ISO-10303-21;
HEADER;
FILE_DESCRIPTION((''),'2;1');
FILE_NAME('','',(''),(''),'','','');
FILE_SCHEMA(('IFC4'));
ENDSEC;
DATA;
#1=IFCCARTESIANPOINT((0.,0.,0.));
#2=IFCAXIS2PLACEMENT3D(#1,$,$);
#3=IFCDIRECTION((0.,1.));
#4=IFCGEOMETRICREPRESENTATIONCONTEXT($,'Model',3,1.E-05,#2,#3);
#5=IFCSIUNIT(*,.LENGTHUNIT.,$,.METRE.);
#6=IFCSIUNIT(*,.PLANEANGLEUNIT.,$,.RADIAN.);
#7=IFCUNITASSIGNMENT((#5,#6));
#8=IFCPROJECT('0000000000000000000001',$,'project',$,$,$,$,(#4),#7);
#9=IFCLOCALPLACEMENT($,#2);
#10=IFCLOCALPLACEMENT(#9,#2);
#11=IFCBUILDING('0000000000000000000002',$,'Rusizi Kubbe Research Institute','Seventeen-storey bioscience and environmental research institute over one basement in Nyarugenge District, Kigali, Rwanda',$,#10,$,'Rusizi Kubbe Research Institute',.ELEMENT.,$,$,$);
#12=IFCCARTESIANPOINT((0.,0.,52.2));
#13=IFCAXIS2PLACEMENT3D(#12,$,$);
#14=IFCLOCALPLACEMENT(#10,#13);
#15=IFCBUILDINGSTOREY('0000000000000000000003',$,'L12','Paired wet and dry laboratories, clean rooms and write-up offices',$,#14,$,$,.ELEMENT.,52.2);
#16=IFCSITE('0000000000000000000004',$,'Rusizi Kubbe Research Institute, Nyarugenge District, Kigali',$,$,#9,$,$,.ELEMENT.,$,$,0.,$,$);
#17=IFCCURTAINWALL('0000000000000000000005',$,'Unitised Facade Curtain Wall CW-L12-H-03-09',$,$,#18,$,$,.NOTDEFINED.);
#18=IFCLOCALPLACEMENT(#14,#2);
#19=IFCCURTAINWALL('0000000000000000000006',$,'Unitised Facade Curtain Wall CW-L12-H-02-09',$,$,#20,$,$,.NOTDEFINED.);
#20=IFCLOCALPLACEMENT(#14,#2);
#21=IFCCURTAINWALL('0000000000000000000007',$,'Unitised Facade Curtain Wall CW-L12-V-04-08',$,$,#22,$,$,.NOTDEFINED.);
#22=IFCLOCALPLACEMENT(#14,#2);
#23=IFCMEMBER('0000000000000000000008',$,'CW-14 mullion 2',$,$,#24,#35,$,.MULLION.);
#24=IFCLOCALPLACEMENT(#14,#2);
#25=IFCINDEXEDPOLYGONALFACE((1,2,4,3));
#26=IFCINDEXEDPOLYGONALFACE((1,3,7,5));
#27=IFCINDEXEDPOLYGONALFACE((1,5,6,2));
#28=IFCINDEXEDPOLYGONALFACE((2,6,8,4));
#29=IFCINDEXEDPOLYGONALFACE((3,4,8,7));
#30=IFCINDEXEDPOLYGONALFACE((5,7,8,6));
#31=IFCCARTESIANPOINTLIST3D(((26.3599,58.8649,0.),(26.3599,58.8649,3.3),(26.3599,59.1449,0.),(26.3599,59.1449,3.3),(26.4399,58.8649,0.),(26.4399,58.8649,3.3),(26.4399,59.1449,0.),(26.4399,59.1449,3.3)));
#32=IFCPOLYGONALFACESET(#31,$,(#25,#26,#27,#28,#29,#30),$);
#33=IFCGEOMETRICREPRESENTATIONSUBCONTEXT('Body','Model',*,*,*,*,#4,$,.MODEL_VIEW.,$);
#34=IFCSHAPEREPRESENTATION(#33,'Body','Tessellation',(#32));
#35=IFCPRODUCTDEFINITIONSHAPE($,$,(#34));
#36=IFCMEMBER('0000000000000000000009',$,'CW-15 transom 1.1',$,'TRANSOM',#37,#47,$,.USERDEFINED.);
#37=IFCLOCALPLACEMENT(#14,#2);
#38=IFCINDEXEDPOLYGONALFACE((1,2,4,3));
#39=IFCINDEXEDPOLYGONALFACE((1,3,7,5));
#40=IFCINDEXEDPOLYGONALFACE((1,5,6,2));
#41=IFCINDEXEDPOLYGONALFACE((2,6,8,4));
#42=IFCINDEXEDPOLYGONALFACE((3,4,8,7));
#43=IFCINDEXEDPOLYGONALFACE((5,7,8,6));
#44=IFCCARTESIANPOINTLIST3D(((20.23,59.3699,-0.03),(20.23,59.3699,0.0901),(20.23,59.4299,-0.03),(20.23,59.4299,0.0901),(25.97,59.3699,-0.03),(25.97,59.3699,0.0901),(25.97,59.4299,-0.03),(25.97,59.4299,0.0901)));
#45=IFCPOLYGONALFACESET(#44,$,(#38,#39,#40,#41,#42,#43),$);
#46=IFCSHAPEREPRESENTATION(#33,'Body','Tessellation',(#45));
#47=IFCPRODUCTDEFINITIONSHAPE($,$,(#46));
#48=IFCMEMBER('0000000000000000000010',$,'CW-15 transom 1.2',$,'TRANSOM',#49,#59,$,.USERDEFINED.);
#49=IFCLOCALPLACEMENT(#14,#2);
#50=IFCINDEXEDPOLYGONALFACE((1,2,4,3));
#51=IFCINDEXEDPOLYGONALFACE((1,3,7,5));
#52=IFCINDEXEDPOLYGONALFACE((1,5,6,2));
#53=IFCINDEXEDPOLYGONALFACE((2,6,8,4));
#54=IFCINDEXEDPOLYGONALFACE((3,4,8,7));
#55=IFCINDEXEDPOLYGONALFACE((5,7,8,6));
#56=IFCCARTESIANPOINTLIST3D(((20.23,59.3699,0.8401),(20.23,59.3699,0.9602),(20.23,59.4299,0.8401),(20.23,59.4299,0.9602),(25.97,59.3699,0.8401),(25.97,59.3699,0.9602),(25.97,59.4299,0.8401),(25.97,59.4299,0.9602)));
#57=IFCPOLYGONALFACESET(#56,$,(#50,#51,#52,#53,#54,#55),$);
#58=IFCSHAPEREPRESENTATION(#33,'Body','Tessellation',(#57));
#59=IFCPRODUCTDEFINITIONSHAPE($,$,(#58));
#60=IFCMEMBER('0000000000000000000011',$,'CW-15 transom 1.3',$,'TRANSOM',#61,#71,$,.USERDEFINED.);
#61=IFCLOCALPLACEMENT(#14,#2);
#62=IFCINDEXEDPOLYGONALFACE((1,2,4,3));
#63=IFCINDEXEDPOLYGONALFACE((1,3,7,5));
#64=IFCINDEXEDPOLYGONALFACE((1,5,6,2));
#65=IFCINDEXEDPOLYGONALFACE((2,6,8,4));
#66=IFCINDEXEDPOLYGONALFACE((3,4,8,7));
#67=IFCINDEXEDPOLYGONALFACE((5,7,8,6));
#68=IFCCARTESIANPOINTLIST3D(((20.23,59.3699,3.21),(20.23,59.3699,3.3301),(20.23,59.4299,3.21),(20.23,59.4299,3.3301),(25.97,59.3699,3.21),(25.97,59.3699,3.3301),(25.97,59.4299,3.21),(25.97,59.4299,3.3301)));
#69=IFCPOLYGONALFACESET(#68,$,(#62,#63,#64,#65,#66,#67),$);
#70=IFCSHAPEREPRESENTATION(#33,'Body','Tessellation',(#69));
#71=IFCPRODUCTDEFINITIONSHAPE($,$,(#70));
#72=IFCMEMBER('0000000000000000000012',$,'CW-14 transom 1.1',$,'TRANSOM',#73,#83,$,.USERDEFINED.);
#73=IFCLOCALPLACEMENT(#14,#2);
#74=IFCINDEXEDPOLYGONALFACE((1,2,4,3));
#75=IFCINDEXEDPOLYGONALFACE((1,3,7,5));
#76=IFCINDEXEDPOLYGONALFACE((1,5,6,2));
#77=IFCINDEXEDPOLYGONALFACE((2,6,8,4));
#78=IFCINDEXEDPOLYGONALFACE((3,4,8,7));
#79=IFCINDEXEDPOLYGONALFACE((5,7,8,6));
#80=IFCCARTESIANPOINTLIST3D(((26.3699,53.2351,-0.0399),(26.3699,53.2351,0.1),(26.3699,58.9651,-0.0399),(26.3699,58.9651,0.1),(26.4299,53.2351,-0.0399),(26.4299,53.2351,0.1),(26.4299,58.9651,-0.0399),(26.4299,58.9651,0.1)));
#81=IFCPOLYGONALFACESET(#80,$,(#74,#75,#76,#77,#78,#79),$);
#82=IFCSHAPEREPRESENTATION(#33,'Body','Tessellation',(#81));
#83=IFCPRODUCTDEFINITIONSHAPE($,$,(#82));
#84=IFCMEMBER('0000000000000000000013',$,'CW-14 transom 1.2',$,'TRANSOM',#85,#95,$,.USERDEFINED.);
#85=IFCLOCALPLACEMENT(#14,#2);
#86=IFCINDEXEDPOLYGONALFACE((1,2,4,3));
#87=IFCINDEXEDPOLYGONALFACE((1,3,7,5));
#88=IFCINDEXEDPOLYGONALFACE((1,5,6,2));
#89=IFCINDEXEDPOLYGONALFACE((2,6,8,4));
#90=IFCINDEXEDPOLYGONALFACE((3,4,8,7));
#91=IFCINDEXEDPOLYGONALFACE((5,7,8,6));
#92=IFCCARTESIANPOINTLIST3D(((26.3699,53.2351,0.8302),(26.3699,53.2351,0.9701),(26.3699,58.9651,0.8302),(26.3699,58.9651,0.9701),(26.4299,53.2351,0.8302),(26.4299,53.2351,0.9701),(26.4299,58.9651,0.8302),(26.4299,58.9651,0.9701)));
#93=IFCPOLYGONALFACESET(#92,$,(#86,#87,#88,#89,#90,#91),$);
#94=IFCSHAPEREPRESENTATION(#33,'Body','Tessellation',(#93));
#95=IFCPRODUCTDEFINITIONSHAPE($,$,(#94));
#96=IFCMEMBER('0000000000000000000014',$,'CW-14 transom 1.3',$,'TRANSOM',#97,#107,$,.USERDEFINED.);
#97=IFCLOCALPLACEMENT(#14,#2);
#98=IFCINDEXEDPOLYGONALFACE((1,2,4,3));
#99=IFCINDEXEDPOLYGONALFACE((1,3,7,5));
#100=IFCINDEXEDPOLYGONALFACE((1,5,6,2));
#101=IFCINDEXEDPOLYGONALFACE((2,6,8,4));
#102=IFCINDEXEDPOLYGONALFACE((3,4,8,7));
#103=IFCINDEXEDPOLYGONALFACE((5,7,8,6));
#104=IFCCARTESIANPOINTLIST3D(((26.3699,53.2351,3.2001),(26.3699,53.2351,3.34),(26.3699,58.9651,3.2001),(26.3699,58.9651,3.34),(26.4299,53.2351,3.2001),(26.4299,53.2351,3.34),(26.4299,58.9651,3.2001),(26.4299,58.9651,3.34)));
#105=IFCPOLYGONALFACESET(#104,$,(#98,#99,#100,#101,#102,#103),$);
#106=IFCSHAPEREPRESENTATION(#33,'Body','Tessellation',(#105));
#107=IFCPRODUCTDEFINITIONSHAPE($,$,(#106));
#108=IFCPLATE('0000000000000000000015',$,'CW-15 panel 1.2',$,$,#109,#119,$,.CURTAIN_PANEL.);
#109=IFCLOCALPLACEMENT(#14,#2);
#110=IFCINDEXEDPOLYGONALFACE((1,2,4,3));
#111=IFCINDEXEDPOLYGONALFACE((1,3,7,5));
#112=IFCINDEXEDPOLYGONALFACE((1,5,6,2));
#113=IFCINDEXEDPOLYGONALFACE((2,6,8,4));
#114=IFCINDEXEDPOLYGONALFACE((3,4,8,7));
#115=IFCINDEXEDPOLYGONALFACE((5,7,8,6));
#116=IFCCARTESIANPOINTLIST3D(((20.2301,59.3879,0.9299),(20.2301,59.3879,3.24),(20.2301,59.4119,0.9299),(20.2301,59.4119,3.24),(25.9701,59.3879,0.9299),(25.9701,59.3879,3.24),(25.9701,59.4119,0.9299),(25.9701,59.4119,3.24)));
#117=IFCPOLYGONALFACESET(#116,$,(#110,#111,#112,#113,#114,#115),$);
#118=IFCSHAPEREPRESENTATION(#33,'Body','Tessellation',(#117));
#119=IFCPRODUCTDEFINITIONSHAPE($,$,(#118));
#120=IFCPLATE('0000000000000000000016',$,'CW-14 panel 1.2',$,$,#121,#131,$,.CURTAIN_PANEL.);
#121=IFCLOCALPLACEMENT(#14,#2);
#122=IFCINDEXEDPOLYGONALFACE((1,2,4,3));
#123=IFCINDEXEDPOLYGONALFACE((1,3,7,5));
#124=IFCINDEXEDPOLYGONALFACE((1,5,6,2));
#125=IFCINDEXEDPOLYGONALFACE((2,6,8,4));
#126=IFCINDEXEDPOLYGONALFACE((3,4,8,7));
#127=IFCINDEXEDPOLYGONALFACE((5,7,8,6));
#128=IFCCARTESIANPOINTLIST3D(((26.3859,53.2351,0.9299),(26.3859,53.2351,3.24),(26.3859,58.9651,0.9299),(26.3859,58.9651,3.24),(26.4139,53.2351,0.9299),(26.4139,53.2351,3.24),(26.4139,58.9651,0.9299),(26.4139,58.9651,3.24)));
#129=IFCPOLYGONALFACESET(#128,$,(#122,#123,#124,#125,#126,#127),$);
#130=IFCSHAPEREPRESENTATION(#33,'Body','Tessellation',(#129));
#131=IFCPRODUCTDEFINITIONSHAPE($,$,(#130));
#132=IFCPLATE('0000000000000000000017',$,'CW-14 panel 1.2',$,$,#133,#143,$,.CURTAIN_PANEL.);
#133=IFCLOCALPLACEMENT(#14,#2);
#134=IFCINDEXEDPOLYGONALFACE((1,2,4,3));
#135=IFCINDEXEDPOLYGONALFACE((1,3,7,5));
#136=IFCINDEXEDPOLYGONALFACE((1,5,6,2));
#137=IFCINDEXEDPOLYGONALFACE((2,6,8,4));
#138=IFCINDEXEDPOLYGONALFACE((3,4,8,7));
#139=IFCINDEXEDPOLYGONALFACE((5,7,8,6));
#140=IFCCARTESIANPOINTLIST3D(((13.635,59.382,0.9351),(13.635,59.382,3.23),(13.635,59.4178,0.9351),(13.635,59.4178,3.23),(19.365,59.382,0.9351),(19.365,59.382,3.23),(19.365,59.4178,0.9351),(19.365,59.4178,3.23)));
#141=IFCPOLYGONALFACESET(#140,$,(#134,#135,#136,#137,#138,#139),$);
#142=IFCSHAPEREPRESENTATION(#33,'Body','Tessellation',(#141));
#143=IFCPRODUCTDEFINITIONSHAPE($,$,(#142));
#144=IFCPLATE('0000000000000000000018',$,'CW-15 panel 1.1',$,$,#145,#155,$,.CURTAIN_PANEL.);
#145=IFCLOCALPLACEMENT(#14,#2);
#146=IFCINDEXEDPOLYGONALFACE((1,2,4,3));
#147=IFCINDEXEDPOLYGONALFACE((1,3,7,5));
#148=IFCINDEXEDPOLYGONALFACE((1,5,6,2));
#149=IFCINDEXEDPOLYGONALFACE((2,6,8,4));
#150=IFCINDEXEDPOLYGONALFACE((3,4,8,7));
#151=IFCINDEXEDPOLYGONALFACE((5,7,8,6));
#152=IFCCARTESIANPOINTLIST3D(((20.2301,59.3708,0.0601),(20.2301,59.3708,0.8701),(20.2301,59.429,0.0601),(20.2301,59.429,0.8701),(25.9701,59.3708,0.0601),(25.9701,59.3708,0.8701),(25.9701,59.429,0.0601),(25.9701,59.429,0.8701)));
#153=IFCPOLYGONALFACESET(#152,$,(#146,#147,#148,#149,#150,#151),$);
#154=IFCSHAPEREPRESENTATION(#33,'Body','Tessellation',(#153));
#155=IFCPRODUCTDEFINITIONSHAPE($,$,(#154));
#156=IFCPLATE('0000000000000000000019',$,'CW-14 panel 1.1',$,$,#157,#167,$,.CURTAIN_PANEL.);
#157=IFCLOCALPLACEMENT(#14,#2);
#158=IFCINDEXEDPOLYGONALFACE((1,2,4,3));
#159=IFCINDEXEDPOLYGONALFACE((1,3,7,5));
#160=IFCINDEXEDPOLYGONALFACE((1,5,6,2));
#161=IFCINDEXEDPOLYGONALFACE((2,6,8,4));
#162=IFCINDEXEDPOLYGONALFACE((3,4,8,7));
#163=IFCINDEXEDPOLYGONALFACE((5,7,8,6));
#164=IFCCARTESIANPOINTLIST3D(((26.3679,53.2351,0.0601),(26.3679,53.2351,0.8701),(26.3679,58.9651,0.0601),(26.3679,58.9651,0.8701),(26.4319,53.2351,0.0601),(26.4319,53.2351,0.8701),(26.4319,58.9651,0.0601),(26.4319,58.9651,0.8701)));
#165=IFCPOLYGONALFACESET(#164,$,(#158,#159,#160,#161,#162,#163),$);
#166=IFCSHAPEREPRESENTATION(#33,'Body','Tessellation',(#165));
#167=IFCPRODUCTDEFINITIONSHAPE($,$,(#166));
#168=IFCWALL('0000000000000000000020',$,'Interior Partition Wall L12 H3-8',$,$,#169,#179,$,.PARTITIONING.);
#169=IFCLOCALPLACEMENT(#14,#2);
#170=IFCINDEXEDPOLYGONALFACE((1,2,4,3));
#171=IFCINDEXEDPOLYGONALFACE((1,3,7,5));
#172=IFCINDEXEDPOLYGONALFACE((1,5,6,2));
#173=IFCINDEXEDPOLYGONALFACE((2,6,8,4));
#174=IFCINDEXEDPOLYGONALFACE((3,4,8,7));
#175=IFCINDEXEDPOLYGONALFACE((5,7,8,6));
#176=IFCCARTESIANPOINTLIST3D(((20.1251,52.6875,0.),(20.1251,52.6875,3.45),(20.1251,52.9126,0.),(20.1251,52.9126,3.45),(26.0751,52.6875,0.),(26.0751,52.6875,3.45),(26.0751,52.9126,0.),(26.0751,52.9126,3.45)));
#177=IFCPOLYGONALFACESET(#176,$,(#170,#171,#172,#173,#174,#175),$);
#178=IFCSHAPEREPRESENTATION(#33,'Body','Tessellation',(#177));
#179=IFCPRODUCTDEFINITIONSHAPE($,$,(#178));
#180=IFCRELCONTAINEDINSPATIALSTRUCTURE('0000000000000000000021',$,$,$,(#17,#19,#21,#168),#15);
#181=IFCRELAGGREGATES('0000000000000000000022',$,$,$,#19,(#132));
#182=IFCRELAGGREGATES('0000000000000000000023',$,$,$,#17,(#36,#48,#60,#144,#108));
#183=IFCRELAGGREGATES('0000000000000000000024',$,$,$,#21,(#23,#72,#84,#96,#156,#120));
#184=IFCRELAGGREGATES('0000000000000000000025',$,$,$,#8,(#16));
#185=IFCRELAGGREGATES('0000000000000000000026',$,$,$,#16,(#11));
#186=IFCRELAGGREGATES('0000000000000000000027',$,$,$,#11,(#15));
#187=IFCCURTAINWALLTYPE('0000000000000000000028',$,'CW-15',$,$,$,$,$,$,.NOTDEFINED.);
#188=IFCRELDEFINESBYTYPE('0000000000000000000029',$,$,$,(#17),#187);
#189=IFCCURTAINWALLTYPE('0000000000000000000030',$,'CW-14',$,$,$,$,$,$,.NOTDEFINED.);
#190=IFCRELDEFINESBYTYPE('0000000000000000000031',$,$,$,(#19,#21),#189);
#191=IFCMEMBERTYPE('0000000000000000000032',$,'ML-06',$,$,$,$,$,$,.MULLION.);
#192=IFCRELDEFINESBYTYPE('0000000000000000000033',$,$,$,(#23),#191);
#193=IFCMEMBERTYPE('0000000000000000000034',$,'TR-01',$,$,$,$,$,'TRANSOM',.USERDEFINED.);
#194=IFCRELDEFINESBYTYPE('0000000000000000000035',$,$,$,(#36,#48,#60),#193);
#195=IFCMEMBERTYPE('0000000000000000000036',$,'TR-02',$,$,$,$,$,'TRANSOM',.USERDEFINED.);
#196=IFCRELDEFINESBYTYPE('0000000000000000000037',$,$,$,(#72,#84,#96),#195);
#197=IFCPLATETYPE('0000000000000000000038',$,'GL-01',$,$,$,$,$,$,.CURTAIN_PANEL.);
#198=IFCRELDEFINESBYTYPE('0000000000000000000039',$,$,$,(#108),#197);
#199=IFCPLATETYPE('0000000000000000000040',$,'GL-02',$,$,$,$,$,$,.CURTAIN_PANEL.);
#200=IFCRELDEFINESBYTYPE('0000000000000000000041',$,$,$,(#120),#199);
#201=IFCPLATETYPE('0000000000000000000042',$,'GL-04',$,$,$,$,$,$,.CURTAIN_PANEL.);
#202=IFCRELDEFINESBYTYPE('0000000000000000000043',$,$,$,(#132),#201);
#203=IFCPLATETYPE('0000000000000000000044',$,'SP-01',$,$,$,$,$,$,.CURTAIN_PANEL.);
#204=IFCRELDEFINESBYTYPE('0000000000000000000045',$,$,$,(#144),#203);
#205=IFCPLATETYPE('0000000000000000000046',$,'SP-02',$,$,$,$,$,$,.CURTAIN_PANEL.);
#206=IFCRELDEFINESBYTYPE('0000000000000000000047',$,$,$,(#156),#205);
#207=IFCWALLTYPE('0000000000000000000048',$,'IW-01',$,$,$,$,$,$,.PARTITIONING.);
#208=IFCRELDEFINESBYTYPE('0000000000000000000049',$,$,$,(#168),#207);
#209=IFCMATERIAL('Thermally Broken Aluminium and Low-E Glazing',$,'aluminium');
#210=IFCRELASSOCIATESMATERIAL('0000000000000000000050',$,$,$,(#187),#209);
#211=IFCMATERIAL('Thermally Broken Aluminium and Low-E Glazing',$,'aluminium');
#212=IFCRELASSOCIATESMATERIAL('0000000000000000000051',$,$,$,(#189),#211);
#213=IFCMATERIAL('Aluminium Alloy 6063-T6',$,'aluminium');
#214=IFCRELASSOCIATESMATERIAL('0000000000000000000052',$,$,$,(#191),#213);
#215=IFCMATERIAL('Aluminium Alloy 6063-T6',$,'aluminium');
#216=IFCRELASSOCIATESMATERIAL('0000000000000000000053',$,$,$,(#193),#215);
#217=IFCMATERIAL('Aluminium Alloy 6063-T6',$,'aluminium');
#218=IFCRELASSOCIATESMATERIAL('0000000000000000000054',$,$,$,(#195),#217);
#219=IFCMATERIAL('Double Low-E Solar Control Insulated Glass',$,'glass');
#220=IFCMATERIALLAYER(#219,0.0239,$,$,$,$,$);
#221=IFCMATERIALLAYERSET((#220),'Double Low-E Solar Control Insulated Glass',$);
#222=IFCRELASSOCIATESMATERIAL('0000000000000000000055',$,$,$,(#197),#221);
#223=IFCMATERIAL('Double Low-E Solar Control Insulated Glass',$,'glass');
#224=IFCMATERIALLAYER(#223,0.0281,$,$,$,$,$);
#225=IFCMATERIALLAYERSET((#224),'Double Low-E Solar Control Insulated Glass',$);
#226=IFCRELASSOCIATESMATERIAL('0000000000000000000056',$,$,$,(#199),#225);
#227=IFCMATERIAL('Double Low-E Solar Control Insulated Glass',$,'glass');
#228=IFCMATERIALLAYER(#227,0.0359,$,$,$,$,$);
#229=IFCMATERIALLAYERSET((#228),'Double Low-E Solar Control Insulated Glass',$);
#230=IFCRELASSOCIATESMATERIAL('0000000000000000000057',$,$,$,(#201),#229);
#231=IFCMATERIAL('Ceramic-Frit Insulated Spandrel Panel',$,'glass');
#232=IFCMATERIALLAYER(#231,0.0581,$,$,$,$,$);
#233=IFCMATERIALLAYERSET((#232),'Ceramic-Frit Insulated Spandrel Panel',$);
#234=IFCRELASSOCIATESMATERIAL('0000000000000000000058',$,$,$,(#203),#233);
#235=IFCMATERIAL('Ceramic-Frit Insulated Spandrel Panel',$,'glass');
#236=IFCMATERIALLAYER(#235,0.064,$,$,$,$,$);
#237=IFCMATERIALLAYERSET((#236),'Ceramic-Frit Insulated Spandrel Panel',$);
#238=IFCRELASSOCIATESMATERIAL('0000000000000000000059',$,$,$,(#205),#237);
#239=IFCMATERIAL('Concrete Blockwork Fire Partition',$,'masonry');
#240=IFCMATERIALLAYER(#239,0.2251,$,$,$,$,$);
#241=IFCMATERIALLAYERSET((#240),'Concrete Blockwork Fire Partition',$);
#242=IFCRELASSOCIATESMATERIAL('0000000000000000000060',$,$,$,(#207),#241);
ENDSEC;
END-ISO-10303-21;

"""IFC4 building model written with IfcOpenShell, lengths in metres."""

from ifc_helpers import new_model, si_unit, direction, frame, frame_2d, origin, origin_2d, place, context, subcontext, project, spatial, rectangle, extrude, material, layer, layer_set, material_profile, profile_set, type_object, element, aggregate, save


model = new_model("IFC4")

# Units and contexts
model_context = context("Model", 3, precision=1e-05, world=origin(), true_north=direction((0.0, 1.0)))
body_context = subcontext(model_context, "Body", "Model", "MODEL_VIEW")
ifc_project = project(units=[si_unit("LENGTHUNIT", "METRE"), si_unit("PLANEANGLEUNIT", "RADIAN")], contexts=[model_context])

# Site, building, storey
site_placement = place(None, origin())
site = spatial("IfcSite", under=ifc_project, at=site_placement, Name="Rusizi Kubbe Research Institute, Nyarugenge District, Kigali", CompositionType="ELEMENT", RefElevation=0.0)
building_placement = place(site_placement, origin())
building = spatial("IfcBuilding", under=site, at=building_placement, Name="Rusizi Kubbe Research Institute", Description="Seventeen-storey bioscience and environmental research institute over one basement in Nyarugenge District, Kigali, Rwanda", LongName="Rusizi Kubbe Research Institute", CompositionType="ELEMENT")
storey_placement = place(building_placement, frame((0.0, 0.0, 52.2)))
storey = spatial("IfcBuildingStorey", under=building, at=storey_placement, Name="L12", Description="Paired wet and dry laboratories, clean rooms and write-up offices", CompositionType="ELEMENT", Elevation=52.2)

# Curtain wall
ifc_material_1 = material(Name="Thermally Broken Aluminium and Low-E Glazing", Category="aluminium")
curtain_wall_type_1 = type_object("IfcCurtainWallType", Name="CW-15", PredefinedType="NOTDEFINED", material=ifc_material_1)
curtain_wall_1_placement = place(storey_placement, origin())
curtain_wall_1 = element("IfcCurtainWall", 1, at=curtain_wall_1_placement, inside=storey, type_object=curtain_wall_type_1, Name="Unitised Facade Curtain Wall CW-L12-H-03-09", PredefinedType="NOTDEFINED")

# Curtain wall
ifc_material_2 = material(Name="Thermally Broken Aluminium and Low-E Glazing", Category="aluminium")
curtain_wall_type_2 = type_object("IfcCurtainWallType", Name="CW-14", PredefinedType="NOTDEFINED", material=ifc_material_2)
curtain_wall_2_placement = place(storey_placement, origin())
curtain_wall_2 = element("IfcCurtainWall", 2, at=curtain_wall_2_placement, inside=storey, type_object=curtain_wall_type_2, Name="Unitised Facade Curtain Wall CW-L12-H-02-09", PredefinedType="NOTDEFINED")
ifc_material_3 = material(Name="Aluminium Alloy 6063-T6", Category="aluminium")
ifc_material_profile_1 = material_profile(ifc_material_3, rectangle(XDim=0.0801, YDim=0.28, at=origin_2d()), Name="ALU-M 80x280")
ifc_profile_set_1 = profile_set([ifc_material_profile_1], Name="Aluminium Alloy 6063-T6")
member_type_1 = type_object("IfcMemberType", Name="ML-06", PredefinedType="MULLION", material=ifc_profile_set_1)

# Curtain wall, member
curtain_wall_3_placement = place(storey_placement, origin())
curtain_wall_3 = element("IfcCurtainWall", 3, at=curtain_wall_3_placement, inside=storey, type_object=curtain_wall_type_2, Name="Unitised Facade Curtain Wall CW-L12-V-04-08", PredefinedType="NOTDEFINED")
member_1_placement = place(storey_placement, frame((26.3999, 59.0049, 0.0), z_axis=(0.0, 0.0, 1.0), x_axis=(-1.0, 0.0, 0.0)))
member_1 = element("IfcMember", 4, at=member_1_placement, type_object=member_type_1, Name="CW-14 mullion 2", PredefinedType="MULLION", context=body_context, shape_type="SweptSolid", body=[
    extrude(rectangle(XDim=0.0801, YDim=0.28, at=origin_2d()), origin(), (0.0, 0.0, 1.0), 3.3),
])

# Members
ifc_material_4 = material(Name="Aluminium Alloy 6063-T6", Category="aluminium")
ifc_material_profile_2 = material_profile(ifc_material_4, rectangle(XDim=0.0601, YDim=0.1201, at=origin_2d()), Name="ALU-T 60x120")
ifc_profile_set_2 = profile_set([ifc_material_profile_2], Name="Aluminium Alloy 6063-T6")
member_type_2 = type_object("IfcMemberType", Name="TR-01", ElementType="TRANSOM", PredefinedType="USERDEFINED", material=ifc_profile_set_2)
member_2_placement = place(storey_placement, frame((20.23, 59.3999, 0.03), z_axis=(1.0, 0.0, 0.0), x_axis=(0.0, 1.0, 0.0)))
member_2 = element("IfcMember", 5, at=member_2_placement, type_object=member_type_2, Name="CW-15 transom 1.1", ObjectType="TRANSOM", PredefinedType="USERDEFINED", context=body_context, shape_type="SweptSolid", body=[
    extrude(rectangle(XDim=0.0601, YDim=0.1201, at=origin_2d()), origin(), (0.0, 0.0, 1.0), 5.74),
])
member_3_placement = place(storey_placement, frame((20.23, 59.3999, 0.9001), z_axis=(1.0, 0.0, 0.0), x_axis=(0.0, 1.0, 0.0)))
member_3 = element("IfcMember", 6, at=member_3_placement, type_object=member_type_2, Name="CW-15 transom 1.2", ObjectType="TRANSOM", PredefinedType="USERDEFINED", context=body_context, shape_type="SweptSolid", body=[
    extrude(rectangle(XDim=0.0601, YDim=0.1201, at=origin_2d()), origin(), (0.0, 0.0, 1.0), 5.74),
])
member_4_placement = place(storey_placement, frame((20.23, 59.3999, 3.27), z_axis=(1.0, 0.0, 0.0), x_axis=(0.0, 1.0, 0.0)))
member_4 = element("IfcMember", 7, at=member_4_placement, type_object=member_type_2, Name="CW-15 transom 1.3", ObjectType="TRANSOM", PredefinedType="USERDEFINED", context=body_context, shape_type="SweptSolid", body=[
    extrude(rectangle(XDim=0.0601, YDim=0.1201, at=origin_2d()), origin(), (0.0, 0.0, 1.0), 5.74),
])
ifc_material_5 = material(Name="Aluminium Alloy 6063-T6", Category="aluminium")
ifc_material_profile_3 = material_profile(ifc_material_5, rectangle(XDim=0.0601, YDim=0.1399, at=origin_2d()), Name="ALU-T 60x140")
ifc_profile_set_3 = profile_set([ifc_material_profile_3], Name="Aluminium Alloy 6063-T6")
member_type_3 = type_object("IfcMemberType", Name="TR-02", ElementType="TRANSOM", PredefinedType="USERDEFINED", material=ifc_profile_set_3)
member_5_placement = place(storey_placement, frame((26.3999, 53.2351, 0.03), z_axis=(0.0, 1.0, 0.0), x_axis=(-1.0, 0.0, 0.0)))
member_5 = element("IfcMember", 8, at=member_5_placement, type_object=member_type_3, Name="CW-14 transom 1.1", ObjectType="TRANSOM", PredefinedType="USERDEFINED", context=body_context, shape_type="SweptSolid", body=[
    extrude(rectangle(XDim=0.0601, YDim=0.1399, at=origin_2d()), origin(), (0.0, 0.0, 1.0), 5.73),
])
member_6_placement = place(storey_placement, frame((26.3999, 53.2351, 0.9001), z_axis=(0.0, 1.0, 0.0), x_axis=(-1.0, 0.0, 0.0)))
member_6 = element("IfcMember", 9, at=member_6_placement, type_object=member_type_3, Name="CW-14 transom 1.2", ObjectType="TRANSOM", PredefinedType="USERDEFINED", context=body_context, shape_type="SweptSolid", body=[
    extrude(rectangle(XDim=0.0601, YDim=0.1399, at=origin_2d()), origin(), (0.0, 0.0, 1.0), 5.73),
])
member_7_placement = place(storey_placement, frame((26.3999, 53.2351, 3.27), z_axis=(0.0, 1.0, 0.0), x_axis=(-1.0, 0.0, 0.0)))
member_7 = element("IfcMember", 10, at=member_7_placement, type_object=member_type_3, Name="CW-14 transom 1.3", ObjectType="TRANSOM", PredefinedType="USERDEFINED", context=body_context, shape_type="SweptSolid", body=[
    extrude(rectangle(XDim=0.0601, YDim=0.1399, at=origin_2d()), origin(), (0.0, 0.0, 1.0), 5.73),
])

# Plates
ifc_material_6 = material(Name="Double Low-E Solar Control Insulated Glass", Category="glass")
ifc_layer_1 = layer(ifc_material_6, 0.0239)
ifc_layer_set_1 = layer_set([ifc_layer_1], Name="Double Low-E Solar Control Insulated Glass")
plate_type_1 = type_object("IfcPlateType", Name="GL-01", PredefinedType="CURTAIN_PANEL", material=ifc_layer_set_1)
plate_1_placement = place(storey_placement, frame((23.1001, 59.3999, 0.9299), z_axis=(0.0, 0.0, 1.0), x_axis=(1.0, 0.0, 0.0)))
plate_1 = element("IfcPlate", 11, at=plate_1_placement, type_object=plate_type_1, Name="CW-15 panel 1.2", PredefinedType="CURTAIN_PANEL", context=body_context, shape_type="SweptSolid", body=[
    extrude(rectangle(XDim=5.74, YDim=0.0239, at=origin_2d()), origin(), (0.0, 0.0, 1.0), 2.3101),
])
ifc_material_7 = material(Name="Double Low-E Solar Control Insulated Glass", Category="glass")
ifc_layer_2 = layer(ifc_material_7, 0.0281)
ifc_layer_set_2 = layer_set([ifc_layer_2], Name="Double Low-E Solar Control Insulated Glass")
plate_type_2 = type_object("IfcPlateType", Name="GL-02", PredefinedType="CURTAIN_PANEL", material=ifc_layer_set_2)
plate_2_placement = place(storey_placement, frame((26.3999, 56.1001, 0.9299), z_axis=(0.0, 0.0, 1.0), x_axis=(0.0, 1.0, 0.0)))
plate_2 = element("IfcPlate", 12, at=plate_2_placement, type_object=plate_type_2, Name="CW-14 panel 1.2", PredefinedType="CURTAIN_PANEL", context=body_context, shape_type="SweptSolid", body=[
    extrude(rectangle(XDim=5.73, YDim=0.0281, at=origin_2d()), origin(), (0.0, 0.0, 1.0), 2.3101),
])
ifc_material_8 = material(Name="Double Low-E Solar Control Insulated Glass", Category="glass")
ifc_layer_3 = layer(ifc_material_8, 0.0359)
ifc_layer_set_3 = layer_set([ifc_layer_3], Name="Double Low-E Solar Control Insulated Glass")
plate_type_3 = type_object("IfcPlateType", Name="GL-04", PredefinedType="CURTAIN_PANEL", material=ifc_layer_set_3)
plate_3_placement = place(storey_placement, frame((16.5, 59.3999, 0.9351), z_axis=(0.0, 0.0, 1.0), x_axis=(1.0, 0.0, 0.0)))
plate_3 = element("IfcPlate", 13, at=plate_3_placement, type_object=plate_type_3, Name="CW-14 panel 1.2", PredefinedType="CURTAIN_PANEL", context=body_context, shape_type="SweptSolid", body=[
    extrude(rectangle(XDim=5.73, YDim=0.0359, at=origin_2d()), origin(), (0.0, 0.0, 1.0), 2.2949),
])
aggregate(curtain_wall_2, [plate_3])
ifc_material_9 = material(Name="Ceramic-Frit Insulated Spandrel Panel", Category="glass")
ifc_layer_4 = layer(ifc_material_9, 0.0581)
ifc_layer_set_4 = layer_set([ifc_layer_4], Name="Ceramic-Frit Insulated Spandrel Panel")
plate_type_4 = type_object("IfcPlateType", Name="SP-01", PredefinedType="CURTAIN_PANEL", material=ifc_layer_set_4)
plate_4_placement = place(storey_placement, frame((23.1001, 59.3999, 0.0601), z_axis=(0.0, 0.0, 1.0), x_axis=(1.0, 0.0, 0.0)))
plate_4 = element("IfcPlate", 14, at=plate_4_placement, type_object=plate_type_4, Name="CW-15 panel 1.1", PredefinedType="CURTAIN_PANEL", context=body_context, shape_type="SweptSolid", body=[
    extrude(rectangle(XDim=5.74, YDim=0.0581, at=origin_2d()), origin(), (0.0, 0.0, 1.0), 0.8101),
])
aggregate(curtain_wall_1, [member_2, member_3, member_4, plate_4, plate_1])
ifc_material_10 = material(Name="Ceramic-Frit Insulated Spandrel Panel", Category="glass")
ifc_layer_5 = layer(ifc_material_10, 0.064)
ifc_layer_set_5 = layer_set([ifc_layer_5], Name="Ceramic-Frit Insulated Spandrel Panel")
plate_type_5 = type_object("IfcPlateType", Name="SP-02", PredefinedType="CURTAIN_PANEL", material=ifc_layer_set_5)
plate_5_placement = place(storey_placement, frame((26.3999, 56.1001, 0.0601), z_axis=(0.0, 0.0, 1.0), x_axis=(0.0, 1.0, 0.0)))
plate_5 = element("IfcPlate", 15, at=plate_5_placement, type_object=plate_type_5, Name="CW-14 panel 1.1", PredefinedType="CURTAIN_PANEL", context=body_context, shape_type="SweptSolid", body=[
    extrude(rectangle(XDim=5.73, YDim=0.064, at=origin_2d()), origin(), (0.0, 0.0, 1.0), 0.8101),
])
aggregate(curtain_wall_3, [member_1, member_5, member_6, member_7, plate_5, plate_2])

# Wall
ifc_material_11 = material(Name="Concrete Blockwork Fire Partition", Category="masonry")
ifc_layer_6 = layer(ifc_material_11, 0.2251)
ifc_layer_set_6 = layer_set([ifc_layer_6], Name="Concrete Blockwork Fire Partition")
wall_type = type_object("IfcWallType", Name="IW-01", PredefinedType="PARTITIONING", material=ifc_layer_set_6)
wall_placement = place(storey_placement, frame((20.125, 52.8, 0.0), z_axis=(0.0, 0.0, 1.0), x_axis=(1.0, 0.0, 0.0)))
element("IfcWall", 16, at=wall_placement, inside=storey, type_object=wall_type, Name="Interior Partition Wall L12 H3-8", PredefinedType="PARTITIONING", context=body_context, shape_type="SweptSolid", body=[
    extrude(rectangle(XDim=5.95, YDim=0.2251, at=frame_2d((2.9751, 0.0))), origin(), (0.0, 0.0, 1.0), 3.45),
])

save(model, "model.ifc")
